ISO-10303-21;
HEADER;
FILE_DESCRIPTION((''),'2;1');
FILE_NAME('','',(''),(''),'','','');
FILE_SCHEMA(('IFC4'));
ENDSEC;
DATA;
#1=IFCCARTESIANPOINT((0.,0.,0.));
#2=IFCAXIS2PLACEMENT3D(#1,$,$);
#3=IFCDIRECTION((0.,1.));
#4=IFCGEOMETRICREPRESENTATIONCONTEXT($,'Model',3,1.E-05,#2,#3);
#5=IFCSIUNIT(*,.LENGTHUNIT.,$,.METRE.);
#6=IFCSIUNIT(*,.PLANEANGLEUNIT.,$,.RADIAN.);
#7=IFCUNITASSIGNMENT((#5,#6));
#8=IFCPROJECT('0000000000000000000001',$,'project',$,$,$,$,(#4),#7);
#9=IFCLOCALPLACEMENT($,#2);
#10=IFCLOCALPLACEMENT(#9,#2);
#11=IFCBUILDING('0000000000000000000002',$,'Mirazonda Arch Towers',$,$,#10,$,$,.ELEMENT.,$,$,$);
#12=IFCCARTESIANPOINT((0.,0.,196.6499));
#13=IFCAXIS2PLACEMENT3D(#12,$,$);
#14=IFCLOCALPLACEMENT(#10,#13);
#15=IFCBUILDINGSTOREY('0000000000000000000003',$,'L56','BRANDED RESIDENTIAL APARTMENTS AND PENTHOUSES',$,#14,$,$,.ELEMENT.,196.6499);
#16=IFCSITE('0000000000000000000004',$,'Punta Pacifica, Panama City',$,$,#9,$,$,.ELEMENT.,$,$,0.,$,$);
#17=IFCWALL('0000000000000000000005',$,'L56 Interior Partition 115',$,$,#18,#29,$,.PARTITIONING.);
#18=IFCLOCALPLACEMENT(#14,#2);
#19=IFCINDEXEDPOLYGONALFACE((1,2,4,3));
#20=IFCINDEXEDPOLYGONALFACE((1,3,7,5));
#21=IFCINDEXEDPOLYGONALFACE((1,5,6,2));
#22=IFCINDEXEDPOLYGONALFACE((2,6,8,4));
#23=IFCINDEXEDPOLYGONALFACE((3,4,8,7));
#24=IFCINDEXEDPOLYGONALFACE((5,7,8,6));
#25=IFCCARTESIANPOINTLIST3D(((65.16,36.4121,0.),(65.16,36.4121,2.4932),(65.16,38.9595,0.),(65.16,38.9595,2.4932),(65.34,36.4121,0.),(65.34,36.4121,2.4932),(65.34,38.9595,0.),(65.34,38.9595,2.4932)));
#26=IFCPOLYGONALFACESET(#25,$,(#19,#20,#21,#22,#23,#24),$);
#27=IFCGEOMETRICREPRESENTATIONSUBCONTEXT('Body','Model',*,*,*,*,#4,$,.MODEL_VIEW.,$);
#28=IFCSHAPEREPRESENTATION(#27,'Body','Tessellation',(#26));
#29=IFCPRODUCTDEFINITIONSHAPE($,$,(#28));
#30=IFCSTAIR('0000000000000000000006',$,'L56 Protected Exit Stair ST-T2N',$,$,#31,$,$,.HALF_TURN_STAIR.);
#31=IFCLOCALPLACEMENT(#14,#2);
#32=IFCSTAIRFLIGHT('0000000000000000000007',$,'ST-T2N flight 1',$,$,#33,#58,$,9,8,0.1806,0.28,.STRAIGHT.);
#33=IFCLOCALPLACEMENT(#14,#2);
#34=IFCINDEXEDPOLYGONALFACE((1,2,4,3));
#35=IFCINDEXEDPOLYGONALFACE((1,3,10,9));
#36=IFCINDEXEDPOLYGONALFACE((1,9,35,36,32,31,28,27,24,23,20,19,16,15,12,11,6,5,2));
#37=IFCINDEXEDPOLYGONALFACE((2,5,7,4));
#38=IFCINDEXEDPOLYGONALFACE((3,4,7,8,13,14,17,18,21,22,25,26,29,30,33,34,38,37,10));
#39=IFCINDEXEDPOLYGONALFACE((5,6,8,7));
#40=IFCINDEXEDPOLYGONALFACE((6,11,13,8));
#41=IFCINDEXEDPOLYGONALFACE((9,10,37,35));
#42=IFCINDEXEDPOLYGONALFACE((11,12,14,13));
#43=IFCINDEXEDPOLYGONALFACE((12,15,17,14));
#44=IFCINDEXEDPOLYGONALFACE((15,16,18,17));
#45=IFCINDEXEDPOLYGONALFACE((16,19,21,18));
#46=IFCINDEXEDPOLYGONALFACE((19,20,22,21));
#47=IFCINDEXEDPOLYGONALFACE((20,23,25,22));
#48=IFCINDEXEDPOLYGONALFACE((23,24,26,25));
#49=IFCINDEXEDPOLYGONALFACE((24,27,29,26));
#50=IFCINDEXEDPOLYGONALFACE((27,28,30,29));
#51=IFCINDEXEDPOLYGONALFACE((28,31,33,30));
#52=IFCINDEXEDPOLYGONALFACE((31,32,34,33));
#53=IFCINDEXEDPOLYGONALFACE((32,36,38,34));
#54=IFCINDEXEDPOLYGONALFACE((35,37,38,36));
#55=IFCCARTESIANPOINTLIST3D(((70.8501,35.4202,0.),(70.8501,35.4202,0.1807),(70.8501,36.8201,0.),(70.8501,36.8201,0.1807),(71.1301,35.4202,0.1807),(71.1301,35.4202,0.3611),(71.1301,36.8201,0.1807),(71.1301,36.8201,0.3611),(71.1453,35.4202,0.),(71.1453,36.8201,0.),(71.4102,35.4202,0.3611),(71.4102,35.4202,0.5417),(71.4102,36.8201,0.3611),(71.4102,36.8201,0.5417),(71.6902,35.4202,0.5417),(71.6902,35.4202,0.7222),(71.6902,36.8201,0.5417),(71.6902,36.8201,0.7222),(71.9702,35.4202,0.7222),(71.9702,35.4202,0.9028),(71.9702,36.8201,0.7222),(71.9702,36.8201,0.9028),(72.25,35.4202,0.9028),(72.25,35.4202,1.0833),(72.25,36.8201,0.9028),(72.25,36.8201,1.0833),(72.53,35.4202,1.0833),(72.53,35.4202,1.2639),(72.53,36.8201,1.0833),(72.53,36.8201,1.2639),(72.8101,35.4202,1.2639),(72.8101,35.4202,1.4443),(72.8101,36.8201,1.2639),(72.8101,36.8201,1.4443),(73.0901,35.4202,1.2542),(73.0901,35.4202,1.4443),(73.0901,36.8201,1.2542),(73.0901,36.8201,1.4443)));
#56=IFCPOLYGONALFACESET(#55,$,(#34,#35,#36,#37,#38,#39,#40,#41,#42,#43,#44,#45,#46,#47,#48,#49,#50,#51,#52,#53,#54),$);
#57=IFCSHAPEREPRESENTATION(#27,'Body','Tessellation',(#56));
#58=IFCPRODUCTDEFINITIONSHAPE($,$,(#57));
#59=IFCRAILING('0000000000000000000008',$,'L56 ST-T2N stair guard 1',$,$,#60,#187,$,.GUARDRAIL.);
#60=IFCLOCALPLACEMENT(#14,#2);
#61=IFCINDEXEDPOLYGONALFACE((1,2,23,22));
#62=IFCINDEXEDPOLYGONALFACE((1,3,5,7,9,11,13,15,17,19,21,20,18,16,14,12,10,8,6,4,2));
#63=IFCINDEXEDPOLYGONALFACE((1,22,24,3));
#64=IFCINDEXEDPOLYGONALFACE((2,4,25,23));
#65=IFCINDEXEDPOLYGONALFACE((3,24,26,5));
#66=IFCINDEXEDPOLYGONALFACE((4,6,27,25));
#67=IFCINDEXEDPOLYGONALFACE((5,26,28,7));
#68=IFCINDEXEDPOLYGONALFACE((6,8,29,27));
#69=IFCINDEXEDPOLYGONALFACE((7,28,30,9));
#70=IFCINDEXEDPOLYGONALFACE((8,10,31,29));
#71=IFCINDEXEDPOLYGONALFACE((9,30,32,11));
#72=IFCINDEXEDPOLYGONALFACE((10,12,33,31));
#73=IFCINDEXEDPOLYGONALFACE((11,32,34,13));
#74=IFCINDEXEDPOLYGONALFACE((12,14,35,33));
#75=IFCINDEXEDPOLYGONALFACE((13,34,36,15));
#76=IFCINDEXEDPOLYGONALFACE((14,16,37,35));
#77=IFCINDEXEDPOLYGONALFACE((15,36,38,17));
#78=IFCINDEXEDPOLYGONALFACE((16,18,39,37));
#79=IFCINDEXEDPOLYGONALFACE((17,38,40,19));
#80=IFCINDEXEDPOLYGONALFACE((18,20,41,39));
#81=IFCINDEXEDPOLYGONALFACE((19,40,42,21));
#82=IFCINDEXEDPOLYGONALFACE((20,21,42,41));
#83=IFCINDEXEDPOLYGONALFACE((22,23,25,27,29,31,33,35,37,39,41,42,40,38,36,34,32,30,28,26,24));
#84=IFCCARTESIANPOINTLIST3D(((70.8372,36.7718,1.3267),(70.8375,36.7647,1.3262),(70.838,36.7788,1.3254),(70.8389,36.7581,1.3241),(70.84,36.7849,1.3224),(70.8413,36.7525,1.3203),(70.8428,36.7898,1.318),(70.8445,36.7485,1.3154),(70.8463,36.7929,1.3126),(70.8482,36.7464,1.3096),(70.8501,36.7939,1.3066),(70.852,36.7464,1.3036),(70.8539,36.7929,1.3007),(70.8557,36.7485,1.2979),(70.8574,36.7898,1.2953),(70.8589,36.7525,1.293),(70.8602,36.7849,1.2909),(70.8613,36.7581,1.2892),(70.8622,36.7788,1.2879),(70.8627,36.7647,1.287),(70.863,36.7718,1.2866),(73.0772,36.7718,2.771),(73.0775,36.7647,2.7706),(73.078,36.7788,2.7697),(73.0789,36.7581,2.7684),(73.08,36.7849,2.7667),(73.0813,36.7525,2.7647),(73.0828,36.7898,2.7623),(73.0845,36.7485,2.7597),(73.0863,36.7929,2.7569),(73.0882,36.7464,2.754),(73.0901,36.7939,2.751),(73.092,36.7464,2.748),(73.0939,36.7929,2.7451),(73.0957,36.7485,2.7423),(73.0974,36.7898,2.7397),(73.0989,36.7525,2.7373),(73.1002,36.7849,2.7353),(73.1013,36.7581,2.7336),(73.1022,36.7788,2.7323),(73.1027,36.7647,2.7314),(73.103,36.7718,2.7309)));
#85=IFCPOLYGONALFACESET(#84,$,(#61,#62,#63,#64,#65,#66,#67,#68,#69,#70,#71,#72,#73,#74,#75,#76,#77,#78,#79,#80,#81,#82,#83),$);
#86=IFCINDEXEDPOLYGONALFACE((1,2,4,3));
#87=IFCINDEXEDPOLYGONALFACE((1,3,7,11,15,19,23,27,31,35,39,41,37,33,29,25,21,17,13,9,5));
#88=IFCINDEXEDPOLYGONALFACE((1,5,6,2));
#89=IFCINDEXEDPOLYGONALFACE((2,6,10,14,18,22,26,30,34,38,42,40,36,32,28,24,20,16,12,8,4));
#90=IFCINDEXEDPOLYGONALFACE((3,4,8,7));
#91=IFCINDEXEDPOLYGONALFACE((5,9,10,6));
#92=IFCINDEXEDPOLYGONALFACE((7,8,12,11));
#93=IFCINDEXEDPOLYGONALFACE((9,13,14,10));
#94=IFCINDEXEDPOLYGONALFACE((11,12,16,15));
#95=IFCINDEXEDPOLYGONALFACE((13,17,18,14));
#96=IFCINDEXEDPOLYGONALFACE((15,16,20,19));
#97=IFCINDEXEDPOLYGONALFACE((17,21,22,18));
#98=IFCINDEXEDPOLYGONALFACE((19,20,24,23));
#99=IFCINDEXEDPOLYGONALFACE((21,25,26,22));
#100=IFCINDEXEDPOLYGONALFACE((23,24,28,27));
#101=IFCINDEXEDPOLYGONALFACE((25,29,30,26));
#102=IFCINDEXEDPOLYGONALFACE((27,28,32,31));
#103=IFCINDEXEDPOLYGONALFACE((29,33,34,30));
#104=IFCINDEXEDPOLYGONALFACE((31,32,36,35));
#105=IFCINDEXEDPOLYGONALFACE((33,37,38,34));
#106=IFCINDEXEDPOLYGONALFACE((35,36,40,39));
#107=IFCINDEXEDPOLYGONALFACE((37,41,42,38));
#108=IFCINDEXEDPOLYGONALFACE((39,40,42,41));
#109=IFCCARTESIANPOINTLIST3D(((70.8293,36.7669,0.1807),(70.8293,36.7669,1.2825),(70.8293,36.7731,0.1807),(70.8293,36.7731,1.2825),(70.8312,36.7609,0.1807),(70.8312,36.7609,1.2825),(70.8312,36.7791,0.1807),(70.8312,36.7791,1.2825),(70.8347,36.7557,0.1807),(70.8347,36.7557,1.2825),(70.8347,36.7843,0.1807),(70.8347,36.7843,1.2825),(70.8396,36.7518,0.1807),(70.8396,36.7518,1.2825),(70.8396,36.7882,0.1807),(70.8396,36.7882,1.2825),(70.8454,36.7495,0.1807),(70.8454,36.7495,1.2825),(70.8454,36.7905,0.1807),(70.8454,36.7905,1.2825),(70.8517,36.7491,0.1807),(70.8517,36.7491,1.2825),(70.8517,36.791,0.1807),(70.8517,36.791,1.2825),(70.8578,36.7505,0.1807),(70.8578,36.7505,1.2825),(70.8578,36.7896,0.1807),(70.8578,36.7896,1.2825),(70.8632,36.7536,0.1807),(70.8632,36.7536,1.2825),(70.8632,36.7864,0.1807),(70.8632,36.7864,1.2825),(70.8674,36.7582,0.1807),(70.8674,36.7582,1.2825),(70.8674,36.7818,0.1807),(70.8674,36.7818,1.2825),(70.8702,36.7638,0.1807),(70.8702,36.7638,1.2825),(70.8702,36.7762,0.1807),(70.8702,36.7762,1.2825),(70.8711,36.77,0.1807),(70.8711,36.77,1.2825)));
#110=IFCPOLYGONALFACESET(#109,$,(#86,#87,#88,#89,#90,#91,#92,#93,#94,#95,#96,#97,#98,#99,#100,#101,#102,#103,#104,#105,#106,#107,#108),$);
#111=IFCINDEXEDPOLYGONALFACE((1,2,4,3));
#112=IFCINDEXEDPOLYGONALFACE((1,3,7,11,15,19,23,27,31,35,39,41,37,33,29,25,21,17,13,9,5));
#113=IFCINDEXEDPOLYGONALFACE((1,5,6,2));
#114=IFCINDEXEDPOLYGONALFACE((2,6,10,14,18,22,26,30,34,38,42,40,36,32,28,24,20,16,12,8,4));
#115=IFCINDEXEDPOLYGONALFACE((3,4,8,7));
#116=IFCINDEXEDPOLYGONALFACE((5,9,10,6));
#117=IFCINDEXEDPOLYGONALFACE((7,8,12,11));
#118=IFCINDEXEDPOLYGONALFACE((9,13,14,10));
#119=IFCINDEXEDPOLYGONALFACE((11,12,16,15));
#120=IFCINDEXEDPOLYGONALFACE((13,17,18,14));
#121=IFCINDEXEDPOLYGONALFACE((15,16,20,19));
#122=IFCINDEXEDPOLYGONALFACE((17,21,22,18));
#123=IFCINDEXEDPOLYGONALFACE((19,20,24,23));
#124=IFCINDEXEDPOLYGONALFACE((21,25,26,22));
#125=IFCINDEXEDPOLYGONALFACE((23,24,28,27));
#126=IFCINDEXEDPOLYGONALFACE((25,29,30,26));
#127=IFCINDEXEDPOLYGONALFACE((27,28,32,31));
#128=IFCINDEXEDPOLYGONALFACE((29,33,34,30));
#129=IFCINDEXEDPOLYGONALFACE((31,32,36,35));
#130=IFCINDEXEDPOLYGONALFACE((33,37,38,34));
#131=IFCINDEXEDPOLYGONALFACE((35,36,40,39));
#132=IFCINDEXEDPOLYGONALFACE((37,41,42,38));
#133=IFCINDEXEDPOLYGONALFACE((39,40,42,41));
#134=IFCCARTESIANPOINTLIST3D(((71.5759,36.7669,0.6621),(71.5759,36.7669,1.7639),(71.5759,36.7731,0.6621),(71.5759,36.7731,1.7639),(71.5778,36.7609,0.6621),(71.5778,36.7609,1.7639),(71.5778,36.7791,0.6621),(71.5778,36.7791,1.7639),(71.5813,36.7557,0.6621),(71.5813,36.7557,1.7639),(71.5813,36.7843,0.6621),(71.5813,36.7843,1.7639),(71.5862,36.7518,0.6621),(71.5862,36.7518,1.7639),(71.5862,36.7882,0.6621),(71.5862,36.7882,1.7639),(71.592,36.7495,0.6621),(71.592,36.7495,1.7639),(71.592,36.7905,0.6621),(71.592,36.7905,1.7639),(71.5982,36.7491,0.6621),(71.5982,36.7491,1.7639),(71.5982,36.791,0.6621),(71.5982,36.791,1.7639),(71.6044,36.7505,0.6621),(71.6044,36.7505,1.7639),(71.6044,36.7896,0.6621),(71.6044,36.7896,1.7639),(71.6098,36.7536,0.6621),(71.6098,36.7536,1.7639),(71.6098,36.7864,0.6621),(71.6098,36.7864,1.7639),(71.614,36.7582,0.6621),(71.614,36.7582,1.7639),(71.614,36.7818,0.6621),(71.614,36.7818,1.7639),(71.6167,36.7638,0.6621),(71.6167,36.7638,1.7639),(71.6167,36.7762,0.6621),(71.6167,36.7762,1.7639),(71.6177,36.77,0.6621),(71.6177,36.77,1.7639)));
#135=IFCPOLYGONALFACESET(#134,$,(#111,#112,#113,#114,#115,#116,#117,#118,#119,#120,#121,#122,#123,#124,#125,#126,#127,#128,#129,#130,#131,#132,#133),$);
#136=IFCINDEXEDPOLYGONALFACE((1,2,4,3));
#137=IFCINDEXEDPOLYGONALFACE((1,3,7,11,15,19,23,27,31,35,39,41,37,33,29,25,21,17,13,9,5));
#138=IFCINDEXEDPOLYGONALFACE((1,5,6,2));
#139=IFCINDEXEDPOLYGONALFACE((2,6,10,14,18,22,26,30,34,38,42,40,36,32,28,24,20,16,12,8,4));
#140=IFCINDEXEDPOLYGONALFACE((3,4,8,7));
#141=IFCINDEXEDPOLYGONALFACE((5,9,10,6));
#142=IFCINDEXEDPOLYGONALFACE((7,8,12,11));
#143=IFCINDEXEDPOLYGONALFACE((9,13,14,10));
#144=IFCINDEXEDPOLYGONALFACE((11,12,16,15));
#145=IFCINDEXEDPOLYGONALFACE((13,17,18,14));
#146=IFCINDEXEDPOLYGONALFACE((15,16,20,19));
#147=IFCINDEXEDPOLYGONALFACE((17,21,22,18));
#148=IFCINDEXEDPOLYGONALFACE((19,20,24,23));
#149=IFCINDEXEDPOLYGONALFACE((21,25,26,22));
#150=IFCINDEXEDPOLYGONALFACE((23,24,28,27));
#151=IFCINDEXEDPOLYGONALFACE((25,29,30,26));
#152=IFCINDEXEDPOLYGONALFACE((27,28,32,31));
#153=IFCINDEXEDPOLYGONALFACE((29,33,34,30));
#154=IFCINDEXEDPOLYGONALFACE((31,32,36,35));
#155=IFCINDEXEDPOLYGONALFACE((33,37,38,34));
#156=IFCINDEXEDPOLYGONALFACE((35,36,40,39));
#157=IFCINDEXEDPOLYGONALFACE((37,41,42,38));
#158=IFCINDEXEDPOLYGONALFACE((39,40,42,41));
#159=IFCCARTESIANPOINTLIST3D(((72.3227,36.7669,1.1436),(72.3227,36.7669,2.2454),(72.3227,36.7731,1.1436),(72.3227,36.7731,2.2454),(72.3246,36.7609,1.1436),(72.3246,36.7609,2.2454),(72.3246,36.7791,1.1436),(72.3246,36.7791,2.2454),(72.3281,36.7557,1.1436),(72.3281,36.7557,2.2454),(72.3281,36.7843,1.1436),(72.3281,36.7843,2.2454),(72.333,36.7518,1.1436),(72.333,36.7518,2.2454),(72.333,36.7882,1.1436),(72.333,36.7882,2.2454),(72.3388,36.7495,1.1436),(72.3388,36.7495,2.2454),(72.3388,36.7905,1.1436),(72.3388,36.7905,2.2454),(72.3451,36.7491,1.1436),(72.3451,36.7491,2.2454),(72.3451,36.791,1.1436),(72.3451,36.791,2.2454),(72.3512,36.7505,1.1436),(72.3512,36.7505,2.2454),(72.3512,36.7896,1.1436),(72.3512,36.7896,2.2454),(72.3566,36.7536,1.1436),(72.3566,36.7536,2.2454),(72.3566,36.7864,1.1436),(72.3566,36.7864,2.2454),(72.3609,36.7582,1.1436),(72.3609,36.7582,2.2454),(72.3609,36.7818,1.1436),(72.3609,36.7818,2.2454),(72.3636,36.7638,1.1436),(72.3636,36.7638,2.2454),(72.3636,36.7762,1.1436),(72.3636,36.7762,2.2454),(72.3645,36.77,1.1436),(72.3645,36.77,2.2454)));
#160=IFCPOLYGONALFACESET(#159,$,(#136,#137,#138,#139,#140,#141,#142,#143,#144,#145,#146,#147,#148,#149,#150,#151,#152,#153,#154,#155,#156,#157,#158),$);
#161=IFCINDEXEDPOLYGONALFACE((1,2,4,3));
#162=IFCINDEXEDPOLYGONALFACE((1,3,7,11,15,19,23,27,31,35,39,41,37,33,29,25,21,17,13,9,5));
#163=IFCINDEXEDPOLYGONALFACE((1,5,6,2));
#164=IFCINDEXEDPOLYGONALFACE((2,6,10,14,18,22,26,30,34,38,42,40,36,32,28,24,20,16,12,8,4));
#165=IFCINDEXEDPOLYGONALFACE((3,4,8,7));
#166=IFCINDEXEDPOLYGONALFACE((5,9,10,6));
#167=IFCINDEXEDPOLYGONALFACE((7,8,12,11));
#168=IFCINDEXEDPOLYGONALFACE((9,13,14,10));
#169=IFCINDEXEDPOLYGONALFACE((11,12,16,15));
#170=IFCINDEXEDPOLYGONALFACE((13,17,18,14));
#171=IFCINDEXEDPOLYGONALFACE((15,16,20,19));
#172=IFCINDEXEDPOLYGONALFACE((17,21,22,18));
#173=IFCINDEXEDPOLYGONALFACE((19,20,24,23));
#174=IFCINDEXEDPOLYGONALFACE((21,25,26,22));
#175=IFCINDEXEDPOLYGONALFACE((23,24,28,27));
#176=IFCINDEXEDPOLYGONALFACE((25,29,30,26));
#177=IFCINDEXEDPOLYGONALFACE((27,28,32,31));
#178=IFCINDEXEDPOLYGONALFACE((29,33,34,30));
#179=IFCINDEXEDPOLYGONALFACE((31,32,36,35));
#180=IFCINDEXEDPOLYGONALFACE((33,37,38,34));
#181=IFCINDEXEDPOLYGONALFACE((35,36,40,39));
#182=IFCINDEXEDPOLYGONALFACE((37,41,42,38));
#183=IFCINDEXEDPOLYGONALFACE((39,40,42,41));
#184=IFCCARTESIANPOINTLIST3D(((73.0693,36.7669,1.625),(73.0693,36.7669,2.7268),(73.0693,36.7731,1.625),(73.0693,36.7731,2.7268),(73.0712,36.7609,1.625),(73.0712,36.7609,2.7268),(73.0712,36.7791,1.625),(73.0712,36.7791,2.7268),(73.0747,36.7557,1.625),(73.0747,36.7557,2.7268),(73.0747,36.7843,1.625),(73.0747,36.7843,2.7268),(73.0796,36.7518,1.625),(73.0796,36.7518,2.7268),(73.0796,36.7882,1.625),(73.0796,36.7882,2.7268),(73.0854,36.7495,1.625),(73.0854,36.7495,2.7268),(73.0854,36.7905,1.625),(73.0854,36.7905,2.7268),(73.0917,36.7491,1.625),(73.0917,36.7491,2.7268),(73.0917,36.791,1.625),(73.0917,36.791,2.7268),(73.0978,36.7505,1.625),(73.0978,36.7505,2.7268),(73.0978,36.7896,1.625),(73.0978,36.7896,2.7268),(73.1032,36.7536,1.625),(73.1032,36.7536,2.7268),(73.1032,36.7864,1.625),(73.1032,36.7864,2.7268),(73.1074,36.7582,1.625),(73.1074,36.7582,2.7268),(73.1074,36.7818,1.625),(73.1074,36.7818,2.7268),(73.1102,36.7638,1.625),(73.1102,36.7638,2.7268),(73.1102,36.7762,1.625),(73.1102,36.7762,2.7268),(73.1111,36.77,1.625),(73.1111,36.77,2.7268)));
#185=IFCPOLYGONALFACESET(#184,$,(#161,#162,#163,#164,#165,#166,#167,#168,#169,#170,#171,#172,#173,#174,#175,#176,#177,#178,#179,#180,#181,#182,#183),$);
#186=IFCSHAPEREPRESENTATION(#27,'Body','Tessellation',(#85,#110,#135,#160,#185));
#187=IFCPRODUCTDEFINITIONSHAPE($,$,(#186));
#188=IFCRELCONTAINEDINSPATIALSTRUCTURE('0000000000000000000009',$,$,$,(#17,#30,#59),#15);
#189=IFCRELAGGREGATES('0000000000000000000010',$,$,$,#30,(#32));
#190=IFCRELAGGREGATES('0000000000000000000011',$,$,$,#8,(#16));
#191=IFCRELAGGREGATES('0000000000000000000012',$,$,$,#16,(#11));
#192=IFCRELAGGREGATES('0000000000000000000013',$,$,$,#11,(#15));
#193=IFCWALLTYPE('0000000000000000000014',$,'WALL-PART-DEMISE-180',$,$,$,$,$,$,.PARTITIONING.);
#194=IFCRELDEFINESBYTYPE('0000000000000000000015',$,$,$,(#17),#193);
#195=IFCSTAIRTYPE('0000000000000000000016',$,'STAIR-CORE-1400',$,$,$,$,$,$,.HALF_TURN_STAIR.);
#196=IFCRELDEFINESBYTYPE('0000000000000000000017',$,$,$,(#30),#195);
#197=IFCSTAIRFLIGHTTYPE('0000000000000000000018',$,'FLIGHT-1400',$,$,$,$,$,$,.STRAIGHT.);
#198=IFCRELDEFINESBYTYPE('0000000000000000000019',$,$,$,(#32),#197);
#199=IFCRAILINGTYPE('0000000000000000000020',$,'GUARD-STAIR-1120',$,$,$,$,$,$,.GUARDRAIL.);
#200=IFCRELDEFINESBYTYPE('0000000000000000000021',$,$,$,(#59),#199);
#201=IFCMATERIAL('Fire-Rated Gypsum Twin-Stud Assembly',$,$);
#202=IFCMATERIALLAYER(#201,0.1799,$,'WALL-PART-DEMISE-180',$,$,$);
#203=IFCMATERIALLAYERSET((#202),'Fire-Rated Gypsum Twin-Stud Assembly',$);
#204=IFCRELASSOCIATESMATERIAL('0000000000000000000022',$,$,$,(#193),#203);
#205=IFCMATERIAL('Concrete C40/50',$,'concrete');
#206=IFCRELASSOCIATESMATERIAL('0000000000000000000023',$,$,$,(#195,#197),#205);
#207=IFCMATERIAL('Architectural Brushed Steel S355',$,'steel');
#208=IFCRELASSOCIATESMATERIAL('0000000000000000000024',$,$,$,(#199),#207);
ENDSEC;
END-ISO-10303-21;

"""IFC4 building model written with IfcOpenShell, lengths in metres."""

from ifc_helpers import new_model, si_unit, direction, frame, frame_2d, origin, origin_2d, place, context, subcontext, project, spatial, polyline, rectangle, circle, outline, extrude, material, layer, layer_set, type_object, element, aggregate, save


model = new_model("IFC4")

# Units and contexts
model_context = context("Model", 3, precision=1e-05, world=origin(), true_north=direction((0.0, 1.0)))
body_context = subcontext(model_context, "Body", "Model", "MODEL_VIEW")
ifc_project = project(units=[si_unit("LENGTHUNIT", "METRE"), si_unit("PLANEANGLEUNIT", "RADIAN")], contexts=[model_context])

# Site, building, storey
site_placement = place(None, origin())
site = spatial("IfcSite", under=ifc_project, at=site_placement, Name="Punta Pacifica, Panama City", CompositionType="ELEMENT", RefElevation=0.0)
building_placement = place(site_placement, origin())
building = spatial("IfcBuilding", under=site, at=building_placement, Name="Mirazonda Arch Towers", CompositionType="ELEMENT")
storey_placement = place(building_placement, frame((0.0, 0.0, 196.6499)))
storey = spatial("IfcBuildingStorey", under=building, at=storey_placement, Name="L56", Description="BRANDED RESIDENTIAL APARTMENTS AND PENTHOUSES", CompositionType="ELEMENT", Elevation=196.6499)

# Wall
ifc_material_1 = material(Name="Fire-Rated Gypsum Twin-Stud Assembly")
ifc_layer_1 = layer(ifc_material_1, 0.1799, Name="WALL-PART-DEMISE-180")
ifc_layer_set_1 = layer_set([ifc_layer_1], Name="Fire-Rated Gypsum Twin-Stud Assembly")
wall_type_1 = type_object("IfcWallType", Name="WALL-PART-DEMISE-180", PredefinedType="PARTITIONING", material=ifc_layer_set_1)
wall_1_placement = place(storey_placement, frame((65.25, 36.4121, 0.0), z_axis=(0.0, 0.0, 1.0), x_axis=(0.0, 1.0, 0.0)))
element("IfcWall", 1, at=wall_1_placement, inside=storey, type_object=wall_type_1, Name="L56 Interior Partition 115", PredefinedType="PARTITIONING", context=body_context, shape_type="SweptSolid", body=[
    extrude(rectangle(XDim=2.5474, YDim=0.1799, at=frame_2d((1.2737, 0.0))), origin(), (0.0, 0.0, 1.0), 2.4932),
])

# Stair, stair flight
ifc_material_2 = material(Name="Concrete C40/50", Category="concrete")
stair_type = type_object("IfcStairType", Name="STAIR-CORE-1400", PredefinedType="HALF_TURN_STAIR", material=ifc_material_2)
stair_placement = place(storey_placement, origin())
stair = element("IfcStair", 2, at=stair_placement, inside=storey, type_object=stair_type, Name="L56 Protected Exit Stair ST-T2N", PredefinedType="HALF_TURN_STAIR")
stair_flight_type = type_object("IfcStairFlightType", Name="FLIGHT-1400", PredefinedType="STRAIGHT", material=ifc_material_2)
stair_flight_placement = place(storey_placement, frame((70.8501, 36.1201, 0.0), z_axis=(0.0, 0.0, 1.0), x_axis=(1.0, 0.0, 0.0)))
stair_flight = element("IfcStairFlight", 3, at=stair_flight_placement, type_object=stair_flight_type, Name="ST-T2N flight 1", NumberOfRisers=9, NumberOfTreads=8, PredefinedType="STRAIGHT", RiserHeight=0.1806, TreadLength=0.28, context=body_context, shape_type="SweptSolid", body=[
    extrude(outline(polyline([(0.0, 0.0), (0.0, 0.1807), (0.28, 0.1807), (0.28, 0.3611), (0.5601, 0.3611), (0.5601, 0.5417), (0.8401, 0.5417), (0.8401, 0.7222), (1.1201, 0.7222), (1.1201, 0.9028), (1.3999, 0.9028), (1.3999, 1.0833), (1.6799, 1.0833), (1.6799, 1.2639), (1.96, 1.2639), (1.96, 1.4443), (2.24, 1.4443), (2.24, 1.625), (2.24, 1.2542), (0.2952, 0.0), (0.0, 0.0)])), frame((0.0, 0.7, 0.0), z_axis=(0.0, -1.0, 0.0), x_axis=(1.0, 0.0, 0.0)), (0.0, 0.0, 1.0), 1.3999),
])
aggregate(stair, [stair_flight])

# Railing
ifc_material_3 = material(Name="Architectural Brushed Steel S355", Category="steel")
railing_type = type_object("IfcRailingType", Name="GUARD-STAIR-1120", PredefinedType="GUARDRAIL", material=ifc_material_3)
railing_1_placement = place(storey_placement, frame((70.8501, 36.77, 0.1807)))
element("IfcRailing", 4, at=railing_1_placement, inside=storey, type_object=railing_type, Name="L56 ST-T2N stair guard 1", PredefinedType="GUARDRAIL", context=body_context, shape_type="SweptSolid", body=[
    extrude(circle(Radius=0.0239, at=origin_2d()), frame((0.0, 0.0, 1.126), z_axis=(0.840437, 0.0, 0.54191), x_axis=(0.0, 1.0, 0.0)), (0.0, 0.0, 1.0), 2.6653),
    extrude(circle(Radius=0.021, at=origin_2d()), origin(), (0.0, 0.0, 1.0), 1.1018),
    extrude(circle(Radius=0.021, at=origin_2d()), frame((0.7466, 0.0, 0.4814)), (0.0, 0.0, 1.0), 1.1018),
    extrude(circle(Radius=0.021, at=origin_2d()), frame((1.4934, 0.0, 0.9629)), (0.0, 0.0, 1.0), 1.1018),
    extrude(circle(Radius=0.021, at=origin_2d()), frame((2.24, 0.0, 1.4443)), (0.0, 0.0, 1.0), 1.1018),
])

save(model, "model.ifc")
